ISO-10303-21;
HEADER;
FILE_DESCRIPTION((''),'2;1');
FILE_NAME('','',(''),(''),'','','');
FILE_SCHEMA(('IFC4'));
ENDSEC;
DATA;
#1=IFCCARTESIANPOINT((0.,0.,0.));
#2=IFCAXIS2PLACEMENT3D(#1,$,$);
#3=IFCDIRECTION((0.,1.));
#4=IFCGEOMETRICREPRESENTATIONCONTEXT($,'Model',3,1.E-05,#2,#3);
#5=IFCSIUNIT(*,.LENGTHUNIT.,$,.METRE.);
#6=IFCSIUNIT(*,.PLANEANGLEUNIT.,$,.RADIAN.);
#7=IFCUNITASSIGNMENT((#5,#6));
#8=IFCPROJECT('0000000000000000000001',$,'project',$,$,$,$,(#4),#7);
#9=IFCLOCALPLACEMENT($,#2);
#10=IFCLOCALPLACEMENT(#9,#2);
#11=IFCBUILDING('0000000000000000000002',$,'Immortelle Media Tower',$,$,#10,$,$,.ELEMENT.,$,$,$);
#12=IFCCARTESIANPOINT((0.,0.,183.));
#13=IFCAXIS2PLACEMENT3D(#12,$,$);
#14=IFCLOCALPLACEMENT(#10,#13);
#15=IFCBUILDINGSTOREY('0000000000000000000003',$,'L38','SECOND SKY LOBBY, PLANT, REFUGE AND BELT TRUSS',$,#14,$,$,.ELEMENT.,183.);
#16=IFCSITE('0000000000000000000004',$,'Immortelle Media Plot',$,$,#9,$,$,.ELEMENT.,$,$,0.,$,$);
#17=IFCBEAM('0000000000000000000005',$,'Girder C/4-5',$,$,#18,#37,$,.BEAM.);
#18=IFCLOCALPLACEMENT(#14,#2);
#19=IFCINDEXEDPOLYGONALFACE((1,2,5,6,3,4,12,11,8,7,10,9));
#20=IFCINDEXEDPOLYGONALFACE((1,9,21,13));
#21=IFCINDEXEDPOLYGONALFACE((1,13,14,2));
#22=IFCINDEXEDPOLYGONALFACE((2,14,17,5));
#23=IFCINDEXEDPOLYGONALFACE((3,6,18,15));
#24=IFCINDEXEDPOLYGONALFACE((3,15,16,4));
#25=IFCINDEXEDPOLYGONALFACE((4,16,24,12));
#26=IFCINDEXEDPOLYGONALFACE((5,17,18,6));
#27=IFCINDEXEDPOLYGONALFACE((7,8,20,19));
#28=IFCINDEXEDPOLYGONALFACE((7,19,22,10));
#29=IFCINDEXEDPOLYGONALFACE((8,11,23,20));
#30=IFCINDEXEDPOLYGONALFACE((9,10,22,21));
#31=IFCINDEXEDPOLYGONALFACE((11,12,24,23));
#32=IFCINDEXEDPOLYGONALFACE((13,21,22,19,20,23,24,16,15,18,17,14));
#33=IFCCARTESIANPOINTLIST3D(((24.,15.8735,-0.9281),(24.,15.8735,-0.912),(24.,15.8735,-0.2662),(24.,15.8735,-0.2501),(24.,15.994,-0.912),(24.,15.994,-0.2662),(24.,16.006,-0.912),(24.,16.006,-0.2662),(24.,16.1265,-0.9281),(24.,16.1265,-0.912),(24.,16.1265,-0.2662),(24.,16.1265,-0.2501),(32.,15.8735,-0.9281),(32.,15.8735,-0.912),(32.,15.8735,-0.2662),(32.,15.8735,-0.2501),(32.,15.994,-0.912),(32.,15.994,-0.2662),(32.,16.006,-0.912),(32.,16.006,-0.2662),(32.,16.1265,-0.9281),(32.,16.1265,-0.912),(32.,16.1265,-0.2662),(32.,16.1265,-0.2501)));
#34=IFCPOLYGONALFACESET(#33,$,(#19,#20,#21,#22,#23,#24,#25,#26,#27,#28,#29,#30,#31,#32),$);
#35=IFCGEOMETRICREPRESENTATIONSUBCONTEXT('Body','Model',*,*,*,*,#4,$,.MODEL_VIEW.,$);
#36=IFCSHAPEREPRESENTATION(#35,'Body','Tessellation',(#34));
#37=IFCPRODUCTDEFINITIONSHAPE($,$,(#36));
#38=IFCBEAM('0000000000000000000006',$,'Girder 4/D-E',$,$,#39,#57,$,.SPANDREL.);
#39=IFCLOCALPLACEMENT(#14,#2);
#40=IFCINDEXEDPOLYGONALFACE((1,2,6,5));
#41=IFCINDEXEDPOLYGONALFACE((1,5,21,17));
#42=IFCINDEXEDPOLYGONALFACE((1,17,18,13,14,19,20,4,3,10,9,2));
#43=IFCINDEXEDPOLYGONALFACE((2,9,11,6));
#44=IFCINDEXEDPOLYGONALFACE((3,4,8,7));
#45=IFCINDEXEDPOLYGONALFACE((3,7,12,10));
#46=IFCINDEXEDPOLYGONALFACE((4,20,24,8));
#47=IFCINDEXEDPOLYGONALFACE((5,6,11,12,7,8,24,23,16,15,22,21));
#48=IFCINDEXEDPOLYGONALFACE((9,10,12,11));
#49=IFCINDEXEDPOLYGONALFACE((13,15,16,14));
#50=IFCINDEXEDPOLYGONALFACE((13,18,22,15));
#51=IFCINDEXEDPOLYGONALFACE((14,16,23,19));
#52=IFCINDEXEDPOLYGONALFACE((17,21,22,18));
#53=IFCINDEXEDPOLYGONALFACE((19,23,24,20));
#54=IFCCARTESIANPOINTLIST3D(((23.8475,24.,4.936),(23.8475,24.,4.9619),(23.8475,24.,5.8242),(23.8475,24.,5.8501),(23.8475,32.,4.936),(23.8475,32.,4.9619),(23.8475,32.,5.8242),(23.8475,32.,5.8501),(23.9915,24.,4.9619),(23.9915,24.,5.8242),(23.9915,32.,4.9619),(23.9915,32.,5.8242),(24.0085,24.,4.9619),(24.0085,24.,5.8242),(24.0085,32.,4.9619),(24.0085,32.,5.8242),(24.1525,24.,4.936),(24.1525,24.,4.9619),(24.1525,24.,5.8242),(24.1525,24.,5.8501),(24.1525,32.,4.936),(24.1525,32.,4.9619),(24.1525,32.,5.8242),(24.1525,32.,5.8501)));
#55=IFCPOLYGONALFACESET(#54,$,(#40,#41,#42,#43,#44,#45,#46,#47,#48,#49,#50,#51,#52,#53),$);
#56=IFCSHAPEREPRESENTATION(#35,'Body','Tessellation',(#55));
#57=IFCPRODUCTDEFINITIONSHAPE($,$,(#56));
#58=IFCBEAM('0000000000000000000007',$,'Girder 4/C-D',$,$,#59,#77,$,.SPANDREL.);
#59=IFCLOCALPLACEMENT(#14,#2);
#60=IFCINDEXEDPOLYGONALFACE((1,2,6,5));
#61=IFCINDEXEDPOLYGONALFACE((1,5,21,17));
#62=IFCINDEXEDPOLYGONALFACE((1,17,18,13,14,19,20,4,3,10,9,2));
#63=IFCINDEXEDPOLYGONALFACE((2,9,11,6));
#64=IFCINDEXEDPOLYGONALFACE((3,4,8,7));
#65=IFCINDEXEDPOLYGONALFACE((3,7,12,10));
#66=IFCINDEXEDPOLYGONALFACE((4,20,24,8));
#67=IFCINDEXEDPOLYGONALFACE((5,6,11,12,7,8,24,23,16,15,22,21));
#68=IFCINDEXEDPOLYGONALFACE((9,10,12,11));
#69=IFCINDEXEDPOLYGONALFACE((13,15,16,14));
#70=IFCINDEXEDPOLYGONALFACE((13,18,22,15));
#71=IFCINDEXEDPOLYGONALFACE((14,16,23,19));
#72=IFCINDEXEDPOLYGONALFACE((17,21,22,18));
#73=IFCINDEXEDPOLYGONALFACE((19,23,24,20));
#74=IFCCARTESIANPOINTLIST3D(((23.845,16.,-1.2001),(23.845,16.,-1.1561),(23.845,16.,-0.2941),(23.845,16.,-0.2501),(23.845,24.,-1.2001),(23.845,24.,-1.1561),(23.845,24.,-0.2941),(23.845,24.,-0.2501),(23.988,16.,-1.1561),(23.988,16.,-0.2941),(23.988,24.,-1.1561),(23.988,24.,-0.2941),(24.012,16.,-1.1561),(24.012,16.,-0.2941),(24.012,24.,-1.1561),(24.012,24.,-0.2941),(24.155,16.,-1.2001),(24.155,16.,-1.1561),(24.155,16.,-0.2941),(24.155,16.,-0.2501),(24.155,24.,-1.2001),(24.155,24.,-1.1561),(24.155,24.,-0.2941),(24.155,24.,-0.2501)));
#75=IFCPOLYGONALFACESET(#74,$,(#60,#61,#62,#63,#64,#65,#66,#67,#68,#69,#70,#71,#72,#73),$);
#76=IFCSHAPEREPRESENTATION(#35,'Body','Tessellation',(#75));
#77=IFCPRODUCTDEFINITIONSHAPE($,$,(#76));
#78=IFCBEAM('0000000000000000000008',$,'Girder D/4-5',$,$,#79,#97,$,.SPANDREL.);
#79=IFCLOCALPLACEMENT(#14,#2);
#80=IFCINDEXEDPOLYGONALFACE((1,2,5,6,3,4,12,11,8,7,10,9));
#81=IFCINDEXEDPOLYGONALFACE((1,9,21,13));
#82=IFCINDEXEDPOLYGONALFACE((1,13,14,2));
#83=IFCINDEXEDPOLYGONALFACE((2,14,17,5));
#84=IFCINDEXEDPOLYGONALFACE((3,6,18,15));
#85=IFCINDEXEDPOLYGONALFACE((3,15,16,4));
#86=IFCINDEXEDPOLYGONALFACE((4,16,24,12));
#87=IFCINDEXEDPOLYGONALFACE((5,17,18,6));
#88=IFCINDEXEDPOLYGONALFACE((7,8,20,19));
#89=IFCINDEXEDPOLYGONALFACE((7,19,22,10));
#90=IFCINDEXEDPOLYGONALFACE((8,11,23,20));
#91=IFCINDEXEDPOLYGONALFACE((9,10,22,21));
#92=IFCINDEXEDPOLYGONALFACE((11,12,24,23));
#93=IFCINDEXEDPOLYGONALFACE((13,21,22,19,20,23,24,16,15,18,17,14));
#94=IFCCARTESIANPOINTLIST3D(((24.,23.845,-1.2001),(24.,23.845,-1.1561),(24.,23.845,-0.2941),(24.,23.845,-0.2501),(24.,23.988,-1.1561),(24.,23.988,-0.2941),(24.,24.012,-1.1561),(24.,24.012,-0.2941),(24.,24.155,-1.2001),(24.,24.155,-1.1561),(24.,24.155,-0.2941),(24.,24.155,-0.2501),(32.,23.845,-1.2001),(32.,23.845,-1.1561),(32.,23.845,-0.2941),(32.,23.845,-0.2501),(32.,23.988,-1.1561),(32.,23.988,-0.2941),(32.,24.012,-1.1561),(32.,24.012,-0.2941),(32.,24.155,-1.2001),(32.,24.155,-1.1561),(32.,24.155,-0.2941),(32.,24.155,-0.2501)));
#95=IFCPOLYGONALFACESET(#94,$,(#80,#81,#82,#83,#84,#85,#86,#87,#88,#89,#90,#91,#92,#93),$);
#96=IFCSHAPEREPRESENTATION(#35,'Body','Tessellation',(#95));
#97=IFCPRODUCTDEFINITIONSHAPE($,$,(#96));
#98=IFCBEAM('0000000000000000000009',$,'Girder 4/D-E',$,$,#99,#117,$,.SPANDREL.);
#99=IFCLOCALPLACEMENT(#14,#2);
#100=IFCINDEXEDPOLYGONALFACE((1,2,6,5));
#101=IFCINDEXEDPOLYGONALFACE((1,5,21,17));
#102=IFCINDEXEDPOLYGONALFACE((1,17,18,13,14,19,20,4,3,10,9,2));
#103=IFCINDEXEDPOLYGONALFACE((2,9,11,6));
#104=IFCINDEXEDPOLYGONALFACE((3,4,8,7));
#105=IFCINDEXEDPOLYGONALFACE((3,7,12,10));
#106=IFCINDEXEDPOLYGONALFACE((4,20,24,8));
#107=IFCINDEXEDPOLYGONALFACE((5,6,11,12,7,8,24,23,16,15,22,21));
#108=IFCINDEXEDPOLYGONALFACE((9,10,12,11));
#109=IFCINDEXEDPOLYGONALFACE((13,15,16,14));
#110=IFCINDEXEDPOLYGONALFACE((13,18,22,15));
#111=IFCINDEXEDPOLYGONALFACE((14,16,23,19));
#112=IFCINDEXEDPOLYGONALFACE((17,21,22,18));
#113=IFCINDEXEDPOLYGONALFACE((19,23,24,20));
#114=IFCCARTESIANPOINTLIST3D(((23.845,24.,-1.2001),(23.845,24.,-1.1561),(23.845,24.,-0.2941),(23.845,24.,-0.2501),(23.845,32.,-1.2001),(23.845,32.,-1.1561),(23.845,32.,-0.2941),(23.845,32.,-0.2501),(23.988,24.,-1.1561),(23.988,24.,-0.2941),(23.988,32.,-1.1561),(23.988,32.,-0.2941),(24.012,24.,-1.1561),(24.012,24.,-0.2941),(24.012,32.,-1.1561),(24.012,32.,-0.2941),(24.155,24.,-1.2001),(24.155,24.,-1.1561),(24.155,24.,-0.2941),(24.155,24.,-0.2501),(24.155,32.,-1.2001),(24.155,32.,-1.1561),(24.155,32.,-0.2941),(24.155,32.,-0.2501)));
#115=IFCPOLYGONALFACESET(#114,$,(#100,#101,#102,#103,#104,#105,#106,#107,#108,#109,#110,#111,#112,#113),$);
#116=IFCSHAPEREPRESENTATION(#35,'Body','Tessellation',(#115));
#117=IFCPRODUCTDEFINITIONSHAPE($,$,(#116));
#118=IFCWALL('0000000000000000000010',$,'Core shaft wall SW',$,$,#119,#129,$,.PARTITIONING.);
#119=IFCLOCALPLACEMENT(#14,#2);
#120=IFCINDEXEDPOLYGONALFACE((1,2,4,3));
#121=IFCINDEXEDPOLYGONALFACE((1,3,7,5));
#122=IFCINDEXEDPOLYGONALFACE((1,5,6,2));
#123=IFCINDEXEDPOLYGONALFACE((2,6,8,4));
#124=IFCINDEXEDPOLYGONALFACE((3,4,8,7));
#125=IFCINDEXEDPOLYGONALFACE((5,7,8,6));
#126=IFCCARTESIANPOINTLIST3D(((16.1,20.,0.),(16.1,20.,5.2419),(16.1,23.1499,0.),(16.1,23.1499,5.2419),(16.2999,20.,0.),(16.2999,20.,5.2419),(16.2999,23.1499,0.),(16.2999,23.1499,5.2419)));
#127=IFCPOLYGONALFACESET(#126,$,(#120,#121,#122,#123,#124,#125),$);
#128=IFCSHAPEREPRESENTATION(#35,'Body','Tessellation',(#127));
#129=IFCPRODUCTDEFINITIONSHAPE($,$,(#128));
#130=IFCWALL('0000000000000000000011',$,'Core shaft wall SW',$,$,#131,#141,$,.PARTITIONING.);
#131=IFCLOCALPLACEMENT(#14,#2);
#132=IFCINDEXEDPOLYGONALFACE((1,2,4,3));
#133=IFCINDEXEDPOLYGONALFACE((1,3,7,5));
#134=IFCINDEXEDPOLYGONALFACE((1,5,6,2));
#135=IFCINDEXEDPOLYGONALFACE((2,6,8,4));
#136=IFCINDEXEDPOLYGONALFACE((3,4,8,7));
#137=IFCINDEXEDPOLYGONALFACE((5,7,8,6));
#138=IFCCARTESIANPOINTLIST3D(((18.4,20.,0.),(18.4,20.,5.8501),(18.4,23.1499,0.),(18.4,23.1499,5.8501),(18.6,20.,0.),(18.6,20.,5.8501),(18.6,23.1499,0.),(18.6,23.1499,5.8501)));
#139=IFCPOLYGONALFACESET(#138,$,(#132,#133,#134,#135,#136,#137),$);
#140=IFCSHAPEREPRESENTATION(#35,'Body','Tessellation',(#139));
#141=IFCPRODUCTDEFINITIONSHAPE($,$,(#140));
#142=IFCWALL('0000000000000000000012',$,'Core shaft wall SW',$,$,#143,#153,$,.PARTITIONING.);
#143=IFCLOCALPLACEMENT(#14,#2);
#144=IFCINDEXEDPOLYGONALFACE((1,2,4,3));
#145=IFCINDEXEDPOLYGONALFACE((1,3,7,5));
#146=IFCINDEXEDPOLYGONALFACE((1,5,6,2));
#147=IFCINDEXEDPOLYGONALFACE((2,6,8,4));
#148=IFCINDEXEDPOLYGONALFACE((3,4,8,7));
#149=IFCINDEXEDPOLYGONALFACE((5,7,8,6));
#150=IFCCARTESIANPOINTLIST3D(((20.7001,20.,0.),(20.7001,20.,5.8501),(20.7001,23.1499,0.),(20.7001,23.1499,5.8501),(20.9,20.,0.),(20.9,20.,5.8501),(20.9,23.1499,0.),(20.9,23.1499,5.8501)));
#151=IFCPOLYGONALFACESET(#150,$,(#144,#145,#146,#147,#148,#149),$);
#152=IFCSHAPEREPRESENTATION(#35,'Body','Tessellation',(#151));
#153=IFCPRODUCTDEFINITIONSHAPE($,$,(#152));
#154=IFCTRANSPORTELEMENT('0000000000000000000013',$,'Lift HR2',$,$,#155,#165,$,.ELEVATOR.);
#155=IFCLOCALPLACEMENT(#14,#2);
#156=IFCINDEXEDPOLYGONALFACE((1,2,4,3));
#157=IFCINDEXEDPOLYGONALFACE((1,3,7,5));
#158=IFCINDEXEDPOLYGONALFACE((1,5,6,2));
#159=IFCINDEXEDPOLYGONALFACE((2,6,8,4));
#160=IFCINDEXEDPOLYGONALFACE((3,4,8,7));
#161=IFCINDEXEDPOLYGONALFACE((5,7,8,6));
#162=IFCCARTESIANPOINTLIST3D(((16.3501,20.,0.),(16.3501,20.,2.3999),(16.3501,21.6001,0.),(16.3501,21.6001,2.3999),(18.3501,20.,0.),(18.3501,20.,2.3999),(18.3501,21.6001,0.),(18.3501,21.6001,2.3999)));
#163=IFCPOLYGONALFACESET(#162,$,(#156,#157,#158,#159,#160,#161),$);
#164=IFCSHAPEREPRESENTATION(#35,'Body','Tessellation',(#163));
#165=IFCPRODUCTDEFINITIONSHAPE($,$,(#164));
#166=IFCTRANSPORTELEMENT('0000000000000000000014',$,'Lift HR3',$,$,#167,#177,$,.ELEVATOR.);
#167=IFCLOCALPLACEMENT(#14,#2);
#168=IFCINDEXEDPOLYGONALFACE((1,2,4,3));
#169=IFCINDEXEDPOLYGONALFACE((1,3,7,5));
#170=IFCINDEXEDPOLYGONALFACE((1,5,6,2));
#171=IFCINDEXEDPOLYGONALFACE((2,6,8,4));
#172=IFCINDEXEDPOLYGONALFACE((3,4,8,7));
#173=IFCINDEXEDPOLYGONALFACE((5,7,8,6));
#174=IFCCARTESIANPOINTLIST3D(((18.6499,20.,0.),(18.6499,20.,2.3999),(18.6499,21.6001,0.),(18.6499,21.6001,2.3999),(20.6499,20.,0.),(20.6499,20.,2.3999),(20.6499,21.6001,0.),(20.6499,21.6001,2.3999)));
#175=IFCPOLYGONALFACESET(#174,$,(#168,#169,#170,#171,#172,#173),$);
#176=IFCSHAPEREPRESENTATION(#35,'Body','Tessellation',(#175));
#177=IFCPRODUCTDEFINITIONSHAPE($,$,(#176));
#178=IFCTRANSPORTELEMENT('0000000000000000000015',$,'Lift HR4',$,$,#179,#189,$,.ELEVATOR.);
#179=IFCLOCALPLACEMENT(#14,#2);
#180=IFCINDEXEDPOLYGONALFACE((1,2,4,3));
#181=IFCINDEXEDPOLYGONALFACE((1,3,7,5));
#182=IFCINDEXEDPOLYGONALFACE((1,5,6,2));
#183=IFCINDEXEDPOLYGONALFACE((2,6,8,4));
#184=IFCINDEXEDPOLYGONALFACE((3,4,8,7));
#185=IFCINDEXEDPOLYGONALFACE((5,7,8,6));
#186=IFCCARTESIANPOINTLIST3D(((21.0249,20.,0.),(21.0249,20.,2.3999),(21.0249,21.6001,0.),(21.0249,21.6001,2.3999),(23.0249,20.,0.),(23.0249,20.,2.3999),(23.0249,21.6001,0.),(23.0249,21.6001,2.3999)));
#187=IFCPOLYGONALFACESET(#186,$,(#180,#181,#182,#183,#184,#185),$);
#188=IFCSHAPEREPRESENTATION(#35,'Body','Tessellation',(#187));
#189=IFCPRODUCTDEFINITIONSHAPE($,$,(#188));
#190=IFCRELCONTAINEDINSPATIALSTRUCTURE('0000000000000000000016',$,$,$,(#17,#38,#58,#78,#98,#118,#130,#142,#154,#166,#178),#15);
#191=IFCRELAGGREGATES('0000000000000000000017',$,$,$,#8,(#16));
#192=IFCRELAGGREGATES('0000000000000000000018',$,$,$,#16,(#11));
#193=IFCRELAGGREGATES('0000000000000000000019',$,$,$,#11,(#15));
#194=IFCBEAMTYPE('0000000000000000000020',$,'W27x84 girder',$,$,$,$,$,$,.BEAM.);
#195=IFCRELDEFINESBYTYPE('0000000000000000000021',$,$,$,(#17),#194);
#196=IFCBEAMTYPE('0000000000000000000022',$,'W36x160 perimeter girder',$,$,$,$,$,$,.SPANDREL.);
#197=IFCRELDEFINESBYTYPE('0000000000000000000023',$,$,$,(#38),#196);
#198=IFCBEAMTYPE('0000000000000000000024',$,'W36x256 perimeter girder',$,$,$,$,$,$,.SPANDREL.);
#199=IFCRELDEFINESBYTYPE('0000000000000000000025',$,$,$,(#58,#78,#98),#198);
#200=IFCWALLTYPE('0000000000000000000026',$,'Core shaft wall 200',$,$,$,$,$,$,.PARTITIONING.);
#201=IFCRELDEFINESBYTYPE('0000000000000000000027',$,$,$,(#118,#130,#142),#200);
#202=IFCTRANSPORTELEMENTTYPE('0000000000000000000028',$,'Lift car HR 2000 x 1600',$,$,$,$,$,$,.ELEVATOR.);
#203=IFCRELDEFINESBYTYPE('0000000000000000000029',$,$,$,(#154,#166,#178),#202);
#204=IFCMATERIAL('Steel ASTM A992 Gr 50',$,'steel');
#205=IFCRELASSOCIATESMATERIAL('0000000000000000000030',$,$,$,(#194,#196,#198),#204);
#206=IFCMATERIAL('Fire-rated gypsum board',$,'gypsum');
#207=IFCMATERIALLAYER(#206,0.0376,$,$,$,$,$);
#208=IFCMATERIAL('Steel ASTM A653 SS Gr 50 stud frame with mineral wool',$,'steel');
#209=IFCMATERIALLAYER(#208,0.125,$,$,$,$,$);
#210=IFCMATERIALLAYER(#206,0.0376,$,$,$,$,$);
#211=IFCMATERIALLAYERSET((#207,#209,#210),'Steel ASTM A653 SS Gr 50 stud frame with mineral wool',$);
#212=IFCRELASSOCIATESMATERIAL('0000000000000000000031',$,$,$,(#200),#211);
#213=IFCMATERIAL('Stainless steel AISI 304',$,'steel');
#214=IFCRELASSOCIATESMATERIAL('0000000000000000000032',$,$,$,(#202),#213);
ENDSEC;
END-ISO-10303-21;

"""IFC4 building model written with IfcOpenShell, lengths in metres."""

from ifc_helpers import new_model, si_unit, direction, frame, frame_2d, origin, origin_2d, place, context, subcontext, project, spatial, rectangle, i_section, extrude, material, layer, layer_set, material_profile, profile_set, type_object, element, save


model = new_model("IFC4")

# Units and contexts
model_context = context("Model", 3, precision=1e-05, world=origin(), true_north=direction((0.0, 1.0)))
body_context = subcontext(model_context, "Body", "Model", "MODEL_VIEW")
ifc_project = project(units=[si_unit("LENGTHUNIT", "METRE"), si_unit("PLANEANGLEUNIT", "RADIAN")], contexts=[model_context])

# Site, building, storey
site_placement = place(None, origin())
site = spatial("IfcSite", under=ifc_project, at=site_placement, Name="Immortelle Media Plot", CompositionType="ELEMENT", RefElevation=0.0)
building_placement = place(site_placement, origin())
building = spatial("IfcBuilding", under=site, at=building_placement, Name="Immortelle Media Tower", CompositionType="ELEMENT")
storey_placement = place(building_placement, frame((0.0, 0.0, 183.0)))
storey = spatial("IfcBuildingStorey", under=building, at=storey_placement, Name="L38", Description="SECOND SKY LOBBY, PLANT, REFUGE AND BELT TRUSS", CompositionType="ELEMENT", Elevation=183.0)

# Shared definitions
ifc_material_1 = material(Name="Steel ASTM A992 Gr 50", Category="steel")

# Beams
ifc_material_profile_1 = material_profile(ifc_material_1, i_section(OverallWidth=0.2529, OverallDepth=0.678, WebThickness=0.012, FlangeThickness=0.0161, at=origin_2d()), Name="W27x84")
ifc_profile_set_1 = profile_set([ifc_material_profile_1], Name="Steel ASTM A992 Gr 50")
beam_type_1 = type_object("IfcBeamType", Name="W27x84 girder", PredefinedType="BEAM", material=ifc_profile_set_1)
beam_1_placement = place(storey_placement, frame((24.0, 16.0, -0.5891), z_axis=(1.0, 0.0, 0.0), x_axis=(0.0, 1.0, 0.0)))
element("IfcBeam", 1, at=beam_1_placement, inside=storey, type_object=beam_type_1, Name="Girder C/4-5", PredefinedType="BEAM", context=body_context, shape_type="SweptSolid", body=[
    extrude(i_section(OverallWidth=0.2529, OverallDepth=0.678, WebThickness=0.012, FlangeThickness=0.0161, at=origin_2d()), origin(), (0.0, 0.0, 1.0), 8.0),
])
ifc_material_profile_2 = material_profile(ifc_material_1, i_section(OverallWidth=0.3049, OverallDepth=0.9141, WebThickness=0.0171, FlangeThickness=0.0259, at=origin_2d()), Name="W36x160")
ifc_profile_set_2 = profile_set([ifc_material_profile_2], Name="Steel ASTM A992 Gr 50")
beam_type_2 = type_object("IfcBeamType", Name="W36x160 perimeter girder", PredefinedType="SPANDREL", material=ifc_profile_set_2)
beam_2_placement = place(storey_placement, frame((24.0, 24.0, 5.3931), z_axis=(0.0, 1.0, 0.0), x_axis=(-1.0, 0.0, 0.0)))
element("IfcBeam", 2, at=beam_2_placement, inside=storey, type_object=beam_type_2, Name="Girder 4/D-E", PredefinedType="SPANDREL", context=body_context, shape_type="SweptSolid", body=[
    extrude(i_section(OverallWidth=0.3049, OverallDepth=0.9141, WebThickness=0.0171, FlangeThickness=0.0259, at=origin_2d()), origin(), (0.0, 0.0, 1.0), 8.0),
])
ifc_material_profile_3 = material_profile(ifc_material_1, i_section(OverallWidth=0.3101, OverallDepth=0.95, WebThickness=0.0239, FlangeThickness=0.0439, at=origin_2d()), Name="W36x256")
ifc_profile_set_3 = profile_set([ifc_material_profile_3], Name="Steel ASTM A992 Gr 50")
beam_type_3 = type_object("IfcBeamType", Name="W36x256 perimeter girder", PredefinedType="SPANDREL", material=ifc_profile_set_3)
for number, where, z_axis, x_axis, name in (
    (3, (24.0, 16.0, -0.7251), (0.0, 1.0, 0.0), (-1.0, 0.0, 0.0), "Girder 4/C-D"),
    (4, (24.0, 24.0, -0.7251), (1.0, 0.0, 0.0), (0.0, 1.0, 0.0), "Girder D/4-5"),
    (5, (24.0, 24.0, -0.7251), (0.0, 1.0, 0.0), (-1.0, 0.0, 0.0), "Girder 4/D-E"),
):
    element("IfcBeam", number, at=place(storey_placement, frame(where, z_axis=z_axis, x_axis=x_axis)), inside=storey, type_object=beam_type_3, Name=name, PredefinedType="SPANDREL", context=body_context, shape_type="SweptSolid", body=[
        extrude(i_section(OverallWidth=0.3101, OverallDepth=0.95, WebThickness=0.0239, FlangeThickness=0.0439, at=origin_2d()), origin(), (0.0, 0.0, 1.0), 8.0),
    ])

# Walls
ifc_material_2 = material(Name="Fire-rated gypsum board", Category="gypsum")
ifc_layer_1 = layer(ifc_material_2, 0.0376)
ifc_material_3 = material(Name="Steel ASTM A653 SS Gr 50 stud frame with mineral wool", Category="steel")
ifc_layer_2 = layer(ifc_material_3, 0.125)
ifc_layer_3 = layer(ifc_material_2, 0.0376)
ifc_layer_set = layer_set([ifc_layer_1, ifc_layer_2, ifc_layer_3], Name="Steel ASTM A653 SS Gr 50 stud frame with mineral wool")
wall_type = type_object("IfcWallType", Name="Core shaft wall 200", PredefinedType="PARTITIONING", material=ifc_layer_set)
wall_placement = place(storey_placement, frame((16.2, 20.0, 0.0), z_axis=(0.0, 0.0, 1.0), x_axis=(0.0, 1.0, 0.0)))
element("IfcWall", 6, at=wall_placement, inside=storey, type_object=wall_type, Name="Core shaft wall SW", PredefinedType="PARTITIONING", context=body_context, shape_type="SweptSolid", body=[
    extrude(rectangle(XDim=3.1499, YDim=0.2, at=frame_2d((1.575, 0.0))), origin(), (0.0, 0.0, 1.0), 5.2419),
])
for number, where, z_axis, x_axis, name in (
    (7, (18.5, 20.0, 0.0), (0.0, 0.0, 1.0), (0.0, 1.0, 0.0), "Core shaft wall SW"),
    (8, (20.8, 20.0, 0.0), (0.0, 0.0, 1.0), (0.0, 1.0, 0.0), "Core shaft wall SW"),
):
    element("IfcWall", number, at=place(storey_placement, frame(where, z_axis=z_axis, x_axis=x_axis)), inside=storey, type_object=wall_type, Name=name, PredefinedType="PARTITIONING", context=body_context, shape_type="SweptSolid", body=[
        extrude(rectangle(XDim=3.1499, YDim=0.2, at=frame_2d((1.575, 0.0))), origin(), (0.0, 0.0, 1.0), 5.8501),
    ])

# Transport elements
ifc_material_4 = material(Name="Stainless steel AISI 304", Category="steel")
transport_element_type = type_object("IfcTransportElementType", Name="Lift car HR 2000 x 1600", PredefinedType="ELEVATOR", material=ifc_material_4)
for number, where, z_axis, x_axis, name in (
    (9, (17.3501, 20.8, 0.0), (0.0, 0.0, 1.0), (1.0, 0.0, 0.0), "Lift HR2"),
    (10, (19.6499, 20.8, 0.0), (0.0, 0.0, 1.0), (1.0, 0.0, 0.0), "Lift HR3"),
    (11, (22.0249, 20.8, 0.0), (0.0, 0.0, 1.0), (1.0, 0.0, 0.0), "Lift HR4"),
):
    element("IfcTransportElement", number, at=place(storey_placement, frame(where, z_axis=z_axis, x_axis=x_axis)), inside=storey, type_object=transport_element_type, Name=name, PredefinedType="ELEVATOR", context=body_context, shape_type="SweptSolid", body=[
        extrude(rectangle(XDim=2.0, YDim=1.6001, at=origin_2d()), origin(), (0.0, 0.0, 1.0), 2.3999),
    ])

save(model, "model.ifc")
